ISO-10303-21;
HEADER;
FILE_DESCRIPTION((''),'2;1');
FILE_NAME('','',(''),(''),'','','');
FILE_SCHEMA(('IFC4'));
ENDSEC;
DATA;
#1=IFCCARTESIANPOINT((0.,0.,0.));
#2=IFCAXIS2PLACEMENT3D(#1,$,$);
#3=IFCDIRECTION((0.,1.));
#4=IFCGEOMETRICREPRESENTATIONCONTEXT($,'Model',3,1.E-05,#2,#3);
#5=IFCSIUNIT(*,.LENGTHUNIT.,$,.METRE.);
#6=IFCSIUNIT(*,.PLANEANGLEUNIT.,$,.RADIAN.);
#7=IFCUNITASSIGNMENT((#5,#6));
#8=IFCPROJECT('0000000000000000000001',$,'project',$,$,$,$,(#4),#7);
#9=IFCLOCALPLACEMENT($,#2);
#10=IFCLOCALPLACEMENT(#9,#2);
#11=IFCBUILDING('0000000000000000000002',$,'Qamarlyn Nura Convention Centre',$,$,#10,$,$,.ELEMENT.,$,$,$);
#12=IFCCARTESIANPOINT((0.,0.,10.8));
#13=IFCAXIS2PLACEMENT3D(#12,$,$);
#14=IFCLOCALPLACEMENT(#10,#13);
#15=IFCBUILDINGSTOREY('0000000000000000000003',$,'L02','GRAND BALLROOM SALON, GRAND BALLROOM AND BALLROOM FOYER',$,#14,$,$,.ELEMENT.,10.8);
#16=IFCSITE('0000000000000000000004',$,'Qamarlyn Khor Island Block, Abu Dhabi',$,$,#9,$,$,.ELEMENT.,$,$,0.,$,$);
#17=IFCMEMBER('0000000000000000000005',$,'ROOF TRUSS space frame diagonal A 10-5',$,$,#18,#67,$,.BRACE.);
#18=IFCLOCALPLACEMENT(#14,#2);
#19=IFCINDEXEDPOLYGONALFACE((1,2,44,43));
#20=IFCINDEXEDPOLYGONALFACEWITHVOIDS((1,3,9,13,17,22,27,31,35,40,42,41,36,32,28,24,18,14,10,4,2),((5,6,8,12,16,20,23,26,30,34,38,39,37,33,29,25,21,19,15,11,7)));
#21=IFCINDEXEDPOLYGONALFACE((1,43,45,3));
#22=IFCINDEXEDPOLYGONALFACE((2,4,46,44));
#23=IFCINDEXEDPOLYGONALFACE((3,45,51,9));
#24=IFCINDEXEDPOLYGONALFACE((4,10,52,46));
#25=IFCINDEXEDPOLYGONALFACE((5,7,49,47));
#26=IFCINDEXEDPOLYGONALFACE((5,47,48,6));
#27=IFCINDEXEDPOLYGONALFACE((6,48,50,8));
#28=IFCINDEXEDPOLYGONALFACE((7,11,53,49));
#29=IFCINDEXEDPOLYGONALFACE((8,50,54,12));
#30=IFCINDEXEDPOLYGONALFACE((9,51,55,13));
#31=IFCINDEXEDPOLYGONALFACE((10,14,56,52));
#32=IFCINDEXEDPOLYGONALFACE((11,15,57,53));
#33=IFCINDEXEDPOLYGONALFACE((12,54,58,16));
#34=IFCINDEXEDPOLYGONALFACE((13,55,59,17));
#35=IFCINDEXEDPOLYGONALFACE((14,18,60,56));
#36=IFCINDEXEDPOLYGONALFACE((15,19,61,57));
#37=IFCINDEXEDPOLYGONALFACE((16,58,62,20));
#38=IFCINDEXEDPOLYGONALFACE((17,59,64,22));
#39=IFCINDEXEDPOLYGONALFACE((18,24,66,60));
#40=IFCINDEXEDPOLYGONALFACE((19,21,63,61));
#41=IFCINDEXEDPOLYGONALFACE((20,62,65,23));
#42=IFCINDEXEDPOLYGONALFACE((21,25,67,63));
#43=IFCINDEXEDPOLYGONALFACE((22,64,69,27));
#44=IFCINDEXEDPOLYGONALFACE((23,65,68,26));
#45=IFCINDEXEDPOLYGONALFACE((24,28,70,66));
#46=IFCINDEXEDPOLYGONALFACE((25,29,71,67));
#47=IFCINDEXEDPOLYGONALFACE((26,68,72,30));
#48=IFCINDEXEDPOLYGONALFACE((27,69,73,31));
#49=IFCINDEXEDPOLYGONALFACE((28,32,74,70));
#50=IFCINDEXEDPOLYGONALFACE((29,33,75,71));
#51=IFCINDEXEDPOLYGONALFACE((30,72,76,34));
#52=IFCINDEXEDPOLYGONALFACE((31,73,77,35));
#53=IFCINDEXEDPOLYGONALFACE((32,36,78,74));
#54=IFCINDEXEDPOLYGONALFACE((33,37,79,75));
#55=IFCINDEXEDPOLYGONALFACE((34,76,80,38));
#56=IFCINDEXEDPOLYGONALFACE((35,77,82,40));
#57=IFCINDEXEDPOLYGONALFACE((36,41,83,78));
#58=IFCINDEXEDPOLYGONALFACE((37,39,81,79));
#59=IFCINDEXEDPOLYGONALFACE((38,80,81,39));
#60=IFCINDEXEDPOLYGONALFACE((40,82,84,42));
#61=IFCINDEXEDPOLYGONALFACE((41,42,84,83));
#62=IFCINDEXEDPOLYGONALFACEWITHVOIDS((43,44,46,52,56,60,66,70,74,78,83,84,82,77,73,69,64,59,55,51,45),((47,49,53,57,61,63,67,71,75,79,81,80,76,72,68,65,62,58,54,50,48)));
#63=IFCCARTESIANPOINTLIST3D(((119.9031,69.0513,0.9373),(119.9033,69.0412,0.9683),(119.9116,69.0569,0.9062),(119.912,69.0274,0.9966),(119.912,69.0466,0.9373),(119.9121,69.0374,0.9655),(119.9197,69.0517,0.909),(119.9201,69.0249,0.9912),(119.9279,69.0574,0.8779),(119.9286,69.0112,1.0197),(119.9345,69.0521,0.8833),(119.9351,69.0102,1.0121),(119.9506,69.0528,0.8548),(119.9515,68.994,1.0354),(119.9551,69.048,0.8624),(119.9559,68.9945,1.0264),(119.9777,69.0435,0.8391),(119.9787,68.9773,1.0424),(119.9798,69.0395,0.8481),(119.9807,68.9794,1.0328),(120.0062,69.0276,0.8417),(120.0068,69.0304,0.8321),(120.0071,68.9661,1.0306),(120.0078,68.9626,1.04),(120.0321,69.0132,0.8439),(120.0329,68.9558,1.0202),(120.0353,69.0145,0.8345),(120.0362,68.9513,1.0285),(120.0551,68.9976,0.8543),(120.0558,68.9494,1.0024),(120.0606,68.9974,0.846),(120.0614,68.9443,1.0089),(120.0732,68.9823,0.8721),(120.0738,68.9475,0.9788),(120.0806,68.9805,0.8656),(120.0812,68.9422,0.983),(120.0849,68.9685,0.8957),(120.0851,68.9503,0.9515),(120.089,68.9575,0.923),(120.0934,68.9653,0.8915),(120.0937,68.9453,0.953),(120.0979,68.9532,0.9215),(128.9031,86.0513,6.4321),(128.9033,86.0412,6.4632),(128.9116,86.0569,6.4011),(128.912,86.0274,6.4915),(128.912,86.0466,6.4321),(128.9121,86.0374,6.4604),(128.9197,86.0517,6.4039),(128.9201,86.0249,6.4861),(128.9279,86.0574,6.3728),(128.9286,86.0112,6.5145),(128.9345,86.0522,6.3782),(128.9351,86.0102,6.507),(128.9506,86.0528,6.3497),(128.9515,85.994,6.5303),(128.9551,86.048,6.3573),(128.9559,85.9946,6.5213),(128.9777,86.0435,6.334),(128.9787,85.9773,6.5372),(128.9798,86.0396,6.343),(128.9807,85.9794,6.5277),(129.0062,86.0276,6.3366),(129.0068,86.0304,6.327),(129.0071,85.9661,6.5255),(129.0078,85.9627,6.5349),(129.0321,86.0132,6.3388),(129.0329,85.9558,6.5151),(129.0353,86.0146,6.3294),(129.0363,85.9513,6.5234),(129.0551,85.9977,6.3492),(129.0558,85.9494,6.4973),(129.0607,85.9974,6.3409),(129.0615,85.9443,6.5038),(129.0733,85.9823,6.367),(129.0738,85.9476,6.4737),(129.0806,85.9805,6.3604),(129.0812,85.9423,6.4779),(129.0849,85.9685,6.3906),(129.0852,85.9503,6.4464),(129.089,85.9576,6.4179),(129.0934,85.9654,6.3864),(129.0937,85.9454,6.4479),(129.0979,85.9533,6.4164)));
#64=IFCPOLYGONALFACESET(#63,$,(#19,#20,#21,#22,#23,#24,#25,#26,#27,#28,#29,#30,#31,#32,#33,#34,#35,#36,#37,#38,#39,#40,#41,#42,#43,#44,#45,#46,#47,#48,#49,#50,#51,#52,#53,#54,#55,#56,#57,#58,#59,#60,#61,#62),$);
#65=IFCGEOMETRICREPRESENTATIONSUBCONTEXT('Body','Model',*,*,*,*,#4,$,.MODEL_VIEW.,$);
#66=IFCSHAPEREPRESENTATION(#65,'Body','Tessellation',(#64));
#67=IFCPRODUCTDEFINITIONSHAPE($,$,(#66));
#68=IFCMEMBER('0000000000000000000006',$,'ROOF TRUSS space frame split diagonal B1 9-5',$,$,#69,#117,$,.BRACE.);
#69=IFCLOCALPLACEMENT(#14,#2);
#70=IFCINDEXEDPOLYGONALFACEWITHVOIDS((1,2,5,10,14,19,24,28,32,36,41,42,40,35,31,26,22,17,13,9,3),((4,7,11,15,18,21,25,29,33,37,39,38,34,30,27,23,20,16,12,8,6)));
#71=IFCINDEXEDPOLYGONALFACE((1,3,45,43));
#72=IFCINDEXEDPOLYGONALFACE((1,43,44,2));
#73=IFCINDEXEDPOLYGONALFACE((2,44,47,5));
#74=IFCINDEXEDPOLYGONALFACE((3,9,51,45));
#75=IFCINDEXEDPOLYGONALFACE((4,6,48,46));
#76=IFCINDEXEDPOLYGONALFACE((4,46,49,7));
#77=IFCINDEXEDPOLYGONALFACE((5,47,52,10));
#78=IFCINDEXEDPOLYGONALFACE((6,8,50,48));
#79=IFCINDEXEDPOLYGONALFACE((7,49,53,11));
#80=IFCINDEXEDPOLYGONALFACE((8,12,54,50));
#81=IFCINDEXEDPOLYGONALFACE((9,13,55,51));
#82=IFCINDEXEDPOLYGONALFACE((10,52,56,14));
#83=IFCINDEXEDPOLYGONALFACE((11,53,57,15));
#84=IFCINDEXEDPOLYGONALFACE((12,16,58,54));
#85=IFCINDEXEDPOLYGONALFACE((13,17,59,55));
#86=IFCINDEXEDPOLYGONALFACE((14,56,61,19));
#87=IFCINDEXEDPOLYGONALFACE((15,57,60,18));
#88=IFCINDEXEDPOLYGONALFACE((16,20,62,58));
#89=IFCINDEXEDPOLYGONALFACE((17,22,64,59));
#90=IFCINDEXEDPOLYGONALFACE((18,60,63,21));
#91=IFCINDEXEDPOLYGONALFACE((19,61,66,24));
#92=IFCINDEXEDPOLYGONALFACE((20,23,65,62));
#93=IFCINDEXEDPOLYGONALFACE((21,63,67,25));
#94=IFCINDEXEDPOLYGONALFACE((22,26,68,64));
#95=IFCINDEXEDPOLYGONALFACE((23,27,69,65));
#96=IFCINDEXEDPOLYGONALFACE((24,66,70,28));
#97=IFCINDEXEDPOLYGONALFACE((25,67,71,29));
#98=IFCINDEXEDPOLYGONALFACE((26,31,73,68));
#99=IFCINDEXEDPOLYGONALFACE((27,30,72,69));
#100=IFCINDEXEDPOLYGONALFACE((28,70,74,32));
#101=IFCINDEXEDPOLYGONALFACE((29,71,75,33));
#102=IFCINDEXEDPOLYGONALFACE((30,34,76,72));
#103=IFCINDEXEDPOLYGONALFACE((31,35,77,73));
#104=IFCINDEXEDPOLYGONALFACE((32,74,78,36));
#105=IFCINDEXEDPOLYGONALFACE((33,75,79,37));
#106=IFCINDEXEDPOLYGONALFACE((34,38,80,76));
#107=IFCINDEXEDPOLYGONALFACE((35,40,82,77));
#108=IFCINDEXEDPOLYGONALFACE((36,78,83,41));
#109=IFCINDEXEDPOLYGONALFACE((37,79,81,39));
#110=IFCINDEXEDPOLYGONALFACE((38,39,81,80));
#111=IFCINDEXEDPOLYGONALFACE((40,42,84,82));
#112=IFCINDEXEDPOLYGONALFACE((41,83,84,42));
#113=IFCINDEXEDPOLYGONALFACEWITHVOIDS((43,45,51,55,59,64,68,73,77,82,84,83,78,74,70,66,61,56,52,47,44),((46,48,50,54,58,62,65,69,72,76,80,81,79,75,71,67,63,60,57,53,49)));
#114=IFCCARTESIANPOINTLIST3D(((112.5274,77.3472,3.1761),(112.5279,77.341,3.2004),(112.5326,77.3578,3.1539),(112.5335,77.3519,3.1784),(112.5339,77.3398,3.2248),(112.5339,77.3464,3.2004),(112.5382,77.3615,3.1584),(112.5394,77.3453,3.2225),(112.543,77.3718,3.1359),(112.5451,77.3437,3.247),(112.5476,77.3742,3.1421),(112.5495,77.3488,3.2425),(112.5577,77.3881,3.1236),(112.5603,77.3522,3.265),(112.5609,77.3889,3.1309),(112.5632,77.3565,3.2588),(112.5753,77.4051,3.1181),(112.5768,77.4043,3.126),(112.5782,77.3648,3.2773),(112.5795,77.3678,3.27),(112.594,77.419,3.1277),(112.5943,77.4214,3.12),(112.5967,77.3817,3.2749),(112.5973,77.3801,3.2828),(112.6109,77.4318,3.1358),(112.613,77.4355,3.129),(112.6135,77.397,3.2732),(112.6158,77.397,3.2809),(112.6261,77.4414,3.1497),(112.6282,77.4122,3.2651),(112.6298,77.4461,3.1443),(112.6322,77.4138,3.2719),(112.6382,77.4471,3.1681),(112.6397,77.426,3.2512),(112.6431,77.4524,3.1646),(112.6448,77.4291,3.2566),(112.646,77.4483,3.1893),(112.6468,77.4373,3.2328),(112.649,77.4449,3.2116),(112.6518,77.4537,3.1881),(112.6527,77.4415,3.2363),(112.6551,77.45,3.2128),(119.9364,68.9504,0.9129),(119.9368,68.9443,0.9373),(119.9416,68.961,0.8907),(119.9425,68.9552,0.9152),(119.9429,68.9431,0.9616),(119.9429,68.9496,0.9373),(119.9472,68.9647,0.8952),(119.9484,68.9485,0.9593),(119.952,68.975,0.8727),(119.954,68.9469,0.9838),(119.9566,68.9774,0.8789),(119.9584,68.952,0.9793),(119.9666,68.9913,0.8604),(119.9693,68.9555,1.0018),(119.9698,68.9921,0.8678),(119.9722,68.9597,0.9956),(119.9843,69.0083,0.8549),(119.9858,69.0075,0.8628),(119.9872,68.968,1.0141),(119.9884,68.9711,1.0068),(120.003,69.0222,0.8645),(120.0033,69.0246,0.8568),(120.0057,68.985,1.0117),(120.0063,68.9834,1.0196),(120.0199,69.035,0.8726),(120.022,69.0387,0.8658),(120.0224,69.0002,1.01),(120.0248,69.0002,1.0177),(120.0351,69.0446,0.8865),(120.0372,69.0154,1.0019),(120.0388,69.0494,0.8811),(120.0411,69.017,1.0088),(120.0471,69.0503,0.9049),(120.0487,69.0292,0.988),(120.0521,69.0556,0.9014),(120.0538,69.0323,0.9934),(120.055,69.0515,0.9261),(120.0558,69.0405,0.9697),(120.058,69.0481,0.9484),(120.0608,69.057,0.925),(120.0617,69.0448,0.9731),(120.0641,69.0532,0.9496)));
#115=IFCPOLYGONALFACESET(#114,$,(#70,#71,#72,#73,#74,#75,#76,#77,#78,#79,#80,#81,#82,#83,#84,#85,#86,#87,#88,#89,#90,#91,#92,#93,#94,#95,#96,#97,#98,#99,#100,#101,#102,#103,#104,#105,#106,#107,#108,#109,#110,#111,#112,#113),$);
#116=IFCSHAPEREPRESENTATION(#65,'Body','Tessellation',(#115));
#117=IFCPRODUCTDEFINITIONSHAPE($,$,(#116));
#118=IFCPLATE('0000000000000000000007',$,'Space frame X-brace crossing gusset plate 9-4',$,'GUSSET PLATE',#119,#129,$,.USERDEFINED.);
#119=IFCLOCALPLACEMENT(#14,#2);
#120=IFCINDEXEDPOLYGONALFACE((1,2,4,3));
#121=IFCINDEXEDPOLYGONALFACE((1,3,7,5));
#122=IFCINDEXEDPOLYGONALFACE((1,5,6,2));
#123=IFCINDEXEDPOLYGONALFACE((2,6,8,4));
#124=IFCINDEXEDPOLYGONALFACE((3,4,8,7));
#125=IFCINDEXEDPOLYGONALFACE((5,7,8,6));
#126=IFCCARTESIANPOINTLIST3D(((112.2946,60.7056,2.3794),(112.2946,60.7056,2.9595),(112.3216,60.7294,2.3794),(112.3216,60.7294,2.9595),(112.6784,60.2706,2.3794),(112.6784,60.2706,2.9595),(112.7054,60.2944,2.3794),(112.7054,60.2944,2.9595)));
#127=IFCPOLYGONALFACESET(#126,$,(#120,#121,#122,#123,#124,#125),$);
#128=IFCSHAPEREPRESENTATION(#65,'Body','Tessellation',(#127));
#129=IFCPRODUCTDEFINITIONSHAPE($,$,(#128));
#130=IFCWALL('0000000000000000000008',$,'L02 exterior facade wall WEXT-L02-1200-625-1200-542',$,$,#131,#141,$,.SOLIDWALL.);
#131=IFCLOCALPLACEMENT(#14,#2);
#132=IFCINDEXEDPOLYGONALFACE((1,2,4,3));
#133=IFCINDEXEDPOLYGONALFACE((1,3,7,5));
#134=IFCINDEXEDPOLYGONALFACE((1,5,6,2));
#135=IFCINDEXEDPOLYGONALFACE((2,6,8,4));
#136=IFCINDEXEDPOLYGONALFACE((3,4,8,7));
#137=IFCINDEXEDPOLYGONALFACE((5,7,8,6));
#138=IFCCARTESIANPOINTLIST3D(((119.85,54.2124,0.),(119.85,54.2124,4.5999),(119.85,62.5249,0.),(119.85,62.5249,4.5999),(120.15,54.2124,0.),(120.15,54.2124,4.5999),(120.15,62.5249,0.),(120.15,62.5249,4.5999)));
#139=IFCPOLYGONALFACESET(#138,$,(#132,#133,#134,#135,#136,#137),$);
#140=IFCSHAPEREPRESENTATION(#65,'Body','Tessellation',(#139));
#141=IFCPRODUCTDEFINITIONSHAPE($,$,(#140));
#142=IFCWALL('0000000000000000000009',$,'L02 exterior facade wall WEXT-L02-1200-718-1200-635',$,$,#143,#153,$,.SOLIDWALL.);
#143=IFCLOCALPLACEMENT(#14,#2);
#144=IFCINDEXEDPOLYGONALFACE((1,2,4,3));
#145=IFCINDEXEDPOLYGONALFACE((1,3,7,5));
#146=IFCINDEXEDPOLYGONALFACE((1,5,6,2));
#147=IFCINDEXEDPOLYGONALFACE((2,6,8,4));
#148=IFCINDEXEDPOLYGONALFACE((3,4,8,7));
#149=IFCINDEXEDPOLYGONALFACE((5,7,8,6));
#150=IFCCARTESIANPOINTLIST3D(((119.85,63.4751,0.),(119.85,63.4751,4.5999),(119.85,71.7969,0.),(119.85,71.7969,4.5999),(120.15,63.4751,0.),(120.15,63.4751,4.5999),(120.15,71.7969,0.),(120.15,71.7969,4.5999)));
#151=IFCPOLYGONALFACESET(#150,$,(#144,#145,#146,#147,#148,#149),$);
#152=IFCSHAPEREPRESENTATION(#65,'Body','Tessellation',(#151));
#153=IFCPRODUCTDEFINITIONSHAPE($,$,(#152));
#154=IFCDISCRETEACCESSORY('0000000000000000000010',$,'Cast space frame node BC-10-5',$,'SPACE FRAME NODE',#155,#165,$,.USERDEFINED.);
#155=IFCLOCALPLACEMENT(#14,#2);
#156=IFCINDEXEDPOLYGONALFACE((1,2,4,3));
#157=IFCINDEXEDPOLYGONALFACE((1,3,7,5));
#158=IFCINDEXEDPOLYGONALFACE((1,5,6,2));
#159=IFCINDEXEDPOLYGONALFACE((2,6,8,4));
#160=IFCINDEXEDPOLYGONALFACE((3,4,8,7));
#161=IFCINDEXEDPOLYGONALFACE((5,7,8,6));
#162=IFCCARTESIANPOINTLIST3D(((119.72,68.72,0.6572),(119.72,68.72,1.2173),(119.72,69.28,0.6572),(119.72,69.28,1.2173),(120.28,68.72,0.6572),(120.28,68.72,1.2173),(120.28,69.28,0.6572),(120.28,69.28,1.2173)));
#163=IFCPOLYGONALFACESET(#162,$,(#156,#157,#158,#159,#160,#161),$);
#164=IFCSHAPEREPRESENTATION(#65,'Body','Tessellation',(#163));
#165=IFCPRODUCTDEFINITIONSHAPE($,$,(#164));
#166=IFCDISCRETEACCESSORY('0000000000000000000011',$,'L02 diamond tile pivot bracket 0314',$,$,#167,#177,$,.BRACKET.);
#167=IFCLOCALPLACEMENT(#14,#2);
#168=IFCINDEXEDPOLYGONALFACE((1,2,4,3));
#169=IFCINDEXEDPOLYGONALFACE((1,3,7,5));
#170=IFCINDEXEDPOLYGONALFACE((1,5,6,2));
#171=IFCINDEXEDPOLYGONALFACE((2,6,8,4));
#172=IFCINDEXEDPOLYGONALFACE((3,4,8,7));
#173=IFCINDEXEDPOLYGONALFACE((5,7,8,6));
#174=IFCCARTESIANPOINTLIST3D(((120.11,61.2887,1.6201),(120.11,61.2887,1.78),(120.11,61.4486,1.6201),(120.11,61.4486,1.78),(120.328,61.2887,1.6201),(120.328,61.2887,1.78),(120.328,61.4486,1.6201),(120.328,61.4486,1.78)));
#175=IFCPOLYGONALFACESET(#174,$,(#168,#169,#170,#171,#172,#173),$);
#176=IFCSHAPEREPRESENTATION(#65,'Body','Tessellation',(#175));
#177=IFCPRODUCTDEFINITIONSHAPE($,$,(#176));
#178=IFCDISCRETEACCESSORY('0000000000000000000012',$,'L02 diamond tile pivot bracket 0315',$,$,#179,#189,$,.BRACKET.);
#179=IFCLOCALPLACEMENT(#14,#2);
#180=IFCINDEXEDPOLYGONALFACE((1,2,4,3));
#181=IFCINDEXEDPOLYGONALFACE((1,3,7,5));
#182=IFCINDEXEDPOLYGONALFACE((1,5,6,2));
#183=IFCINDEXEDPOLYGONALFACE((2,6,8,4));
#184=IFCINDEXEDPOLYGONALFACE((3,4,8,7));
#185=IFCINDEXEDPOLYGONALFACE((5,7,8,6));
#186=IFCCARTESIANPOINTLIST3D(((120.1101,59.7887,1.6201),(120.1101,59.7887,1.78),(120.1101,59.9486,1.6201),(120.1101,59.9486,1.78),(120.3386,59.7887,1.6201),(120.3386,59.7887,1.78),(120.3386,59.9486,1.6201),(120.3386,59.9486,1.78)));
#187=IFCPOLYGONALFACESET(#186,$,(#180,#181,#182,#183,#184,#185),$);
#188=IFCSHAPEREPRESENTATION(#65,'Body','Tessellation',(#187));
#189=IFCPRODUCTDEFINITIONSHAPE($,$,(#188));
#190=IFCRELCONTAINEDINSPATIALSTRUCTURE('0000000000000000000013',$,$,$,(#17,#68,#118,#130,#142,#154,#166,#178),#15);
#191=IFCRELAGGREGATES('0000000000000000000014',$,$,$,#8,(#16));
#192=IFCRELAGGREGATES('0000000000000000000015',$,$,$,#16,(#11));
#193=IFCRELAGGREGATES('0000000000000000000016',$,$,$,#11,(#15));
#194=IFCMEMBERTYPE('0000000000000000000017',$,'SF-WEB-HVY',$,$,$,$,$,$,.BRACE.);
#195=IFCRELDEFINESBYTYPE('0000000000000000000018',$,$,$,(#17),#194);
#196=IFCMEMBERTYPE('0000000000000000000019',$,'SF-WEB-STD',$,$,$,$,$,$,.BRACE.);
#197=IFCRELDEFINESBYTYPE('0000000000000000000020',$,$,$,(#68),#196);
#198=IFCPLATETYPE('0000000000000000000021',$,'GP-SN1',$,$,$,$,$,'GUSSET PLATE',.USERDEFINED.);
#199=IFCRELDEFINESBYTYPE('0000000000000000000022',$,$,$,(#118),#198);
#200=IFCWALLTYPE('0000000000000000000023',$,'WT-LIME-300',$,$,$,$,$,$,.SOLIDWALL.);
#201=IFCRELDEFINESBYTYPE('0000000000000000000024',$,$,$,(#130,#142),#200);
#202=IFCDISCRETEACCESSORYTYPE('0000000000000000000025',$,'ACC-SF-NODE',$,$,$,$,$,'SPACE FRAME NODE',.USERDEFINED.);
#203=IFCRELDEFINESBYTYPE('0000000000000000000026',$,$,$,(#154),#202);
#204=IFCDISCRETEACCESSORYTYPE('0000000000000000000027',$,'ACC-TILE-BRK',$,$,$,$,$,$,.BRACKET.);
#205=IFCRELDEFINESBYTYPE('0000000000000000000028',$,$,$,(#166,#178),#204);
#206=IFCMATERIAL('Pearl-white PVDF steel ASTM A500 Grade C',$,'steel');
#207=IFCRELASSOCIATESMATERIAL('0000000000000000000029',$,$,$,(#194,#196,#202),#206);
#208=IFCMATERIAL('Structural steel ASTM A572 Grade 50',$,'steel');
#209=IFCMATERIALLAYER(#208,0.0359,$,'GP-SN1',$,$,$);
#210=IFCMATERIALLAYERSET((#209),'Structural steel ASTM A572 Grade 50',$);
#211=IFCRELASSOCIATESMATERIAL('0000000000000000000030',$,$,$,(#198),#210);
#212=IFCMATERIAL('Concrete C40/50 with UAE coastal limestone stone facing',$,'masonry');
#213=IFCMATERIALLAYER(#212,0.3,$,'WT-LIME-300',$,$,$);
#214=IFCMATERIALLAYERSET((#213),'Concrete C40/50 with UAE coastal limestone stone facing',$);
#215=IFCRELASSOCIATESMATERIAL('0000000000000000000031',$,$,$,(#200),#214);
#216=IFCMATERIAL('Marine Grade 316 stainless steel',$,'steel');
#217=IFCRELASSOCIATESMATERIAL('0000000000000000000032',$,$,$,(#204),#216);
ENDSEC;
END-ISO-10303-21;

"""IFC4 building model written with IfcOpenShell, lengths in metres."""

from ifc_helpers import new_model, si_unit, direction, frame, frame_2d, origin, origin_2d, place, context, subcontext, project, spatial, rectangle, hollow_circle, extrude, material, layer, layer_set, material_profile, profile_set, type_object, element, save


model = new_model("IFC4")

# Units and contexts
model_context = context("Model", 3, precision=1e-05, world=origin(), true_north=direction((0.0, 1.0)))
body_context = subcontext(model_context, "Body", "Model", "MODEL_VIEW")
ifc_project = project(units=[si_unit("LENGTHUNIT", "METRE"), si_unit("PLANEANGLEUNIT", "RADIAN")], contexts=[model_context])

# Site, building, storey
site_placement = place(None, origin())
site = spatial("IfcSite", under=ifc_project, at=site_placement, Name="Qamarlyn Khor Island Block, Abu Dhabi", CompositionType="ELEMENT", RefElevation=0.0)
building_placement = place(site_placement, origin())
building = spatial("IfcBuilding", under=site, at=building_placement, Name="Qamarlyn Nura Convention Centre", CompositionType="ELEMENT")
storey_placement = place(building_placement, frame((0.0, 0.0, 10.8)))
storey = spatial("IfcBuildingStorey", under=building, at=storey_placement, Name="L02", Description="GRAND BALLROOM SALON, GRAND BALLROOM AND BALLROOM FOYER", CompositionType="ELEMENT", Elevation=10.8)

# Members
ifc_material_1 = material(Name="Pearl-white PVDF steel ASTM A500 Grade C", Category="steel")
ifc_material_profile_1 = material_profile(ifc_material_1, hollow_circle(Radius=0.1096, WallThickness=0.01, at=origin_2d()), Name="CHS219.1X10")
ifc_profile_set_1 = profile_set([ifc_material_profile_1], Name="Pearl-white PVDF steel ASTM A500 Grade C")
member_type_1 = type_object("IfcMemberType", Name="SF-WEB-HVY", PredefinedType="BRACE", material=ifc_profile_set_1)
member_1_placement = place(storey_placement, frame((120.0, 69.0, 0.9373), z_axis=(0.449891, 0.849794, 0.274677), x_axis=(-0.883788, 0.467888, 0.0)))
element("IfcMember", 1, at=member_1_placement, inside=storey, type_object=member_type_1, Name="ROOF TRUSS space frame diagonal A 10-5", PredefinedType="BRACE", context=body_context, shape_type="SweptSolid", body=[
    extrude(hollow_circle(Radius=0.1096, WallThickness=0.01, at=origin_2d()), origin(), (0.0, 0.0, 1.0), 20.0049),
])
ifc_material_profile_2 = material_profile(ifc_material_1, hollow_circle(Radius=0.0842, WallThickness=0.0081, at=origin_2d()), Name="CHS168.3X8")
ifc_profile_set_2 = profile_set([ifc_material_profile_2], Name="Pearl-white PVDF steel ASTM A500 Grade C")
member_type_2 = type_object("IfcMemberType", Name="SF-WEB-STD", PredefinedType="BRACE", material=ifc_profile_set_2)
member_2_placement = place(storey_placement, frame((120.0, 69.0, 0.9373), z_axis=(-0.648512, 0.734975, 0.198099), x_axis=(-0.749835, -0.661625, 0.0)))
element("IfcMember", 2, at=member_2_placement, inside=storey, type_object=member_type_2, Name="ROOF TRUSS space frame split diagonal B1 9-5", PredefinedType="BRACE", context=body_context, shape_type="SweptSolid", body=[
    extrude(hollow_circle(Radius=0.0842, WallThickness=0.0081, at=origin_2d()), origin(), (0.0, 0.0, 1.0), 11.4246),
])

# Plate
ifc_material_2 = material(Name="Structural steel ASTM A572 Grade 50", Category="steel")
ifc_layer_1 = layer(ifc_material_2, 0.0359, Name="GP-SN1")
ifc_layer_set_1 = layer_set([ifc_layer_1], Name="Structural steel ASTM A572 Grade 50")
plate_type = type_object("IfcPlateType", Name="GP-SN1", ElementType="GUSSET PLATE", PredefinedType="USERDEFINED", material=ifc_layer_set_1)
plate_placement = place(storey_placement, frame((112.5, 60.5, 2.3794), z_axis=(0.0, 0.0, 1.0), x_axis=(-0.661622, 0.749837, 0.0)))
element("IfcPlate", 3, at=plate_placement, inside=storey, type_object=plate_type, Name="Space frame X-brace crossing gusset plate 9-4", ObjectType="GUSSET PLATE", PredefinedType="USERDEFINED", context=body_context, shape_type="SweptSolid", body=[
    extrude(rectangle(XDim=0.5801, YDim=0.0359, at=origin_2d()), origin(), (0.0, 0.0, 1.0), 0.5801),
])

# Walls
ifc_material_3 = material(Name="Concrete C40/50 with UAE coastal limestone stone facing", Category="masonry")
ifc_layer_2 = layer(ifc_material_3, 0.3, Name="WT-LIME-300")
ifc_layer_set_2 = layer_set([ifc_layer_2], Name="Concrete C40/50 with UAE coastal limestone stone facing")
wall_type = type_object("IfcWallType", Name="WT-LIME-300", PredefinedType="SOLIDWALL", material=ifc_layer_set_2)
wall_1_placement = place(storey_placement, frame((120.0, 62.5249, 0.0), z_axis=(0.0, 0.0, 1.0), x_axis=(0.0, -1.0, 0.0)))
element("IfcWall", 4, at=wall_1_placement, inside=storey, type_object=wall_type, Name="L02 exterior facade wall WEXT-L02-1200-625-1200-542", PredefinedType="SOLIDWALL", context=body_context, shape_type="SweptSolid", body=[
    extrude(rectangle(XDim=8.3125, YDim=0.3, at=frame_2d((4.1562, 0.0))), origin(), (0.0, 0.0, 1.0), 4.5999),
])
wall_2_placement = place(storey_placement, frame((120.0, 71.7969, 0.0), z_axis=(0.0, 0.0, 1.0), x_axis=(0.0, -1.0, 0.0)))
element("IfcWall", 5, at=wall_2_placement, inside=storey, type_object=wall_type, Name="L02 exterior facade wall WEXT-L02-1200-718-1200-635", PredefinedType="SOLIDWALL", context=body_context, shape_type="SweptSolid", body=[
    extrude(rectangle(XDim=8.3218, YDim=0.3, at=frame_2d((4.1609, 0.0))), origin(), (0.0, 0.0, 1.0), 4.5999),
])

# Discrete accessories
discrete_accessory_type_1 = type_object("IfcDiscreteAccessoryType", Name="ACC-SF-NODE", ElementType="SPACE FRAME NODE", PredefinedType="USERDEFINED", material=ifc_material_1)
discrete_accessory_1_placement = place(storey_placement, frame((120.0, 69.0, 0.6572), z_axis=(0.0, 0.0, 1.0), x_axis=(1.0, 0.0, 0.0)))
element("IfcDiscreteAccessory", 6, at=discrete_accessory_1_placement, inside=storey, type_object=discrete_accessory_type_1, Name="Cast space frame node BC-10-5", ObjectType="SPACE FRAME NODE", PredefinedType="USERDEFINED", context=body_context, shape_type="SweptSolid", body=[
    extrude(rectangle(XDim=0.5601, YDim=0.5601, at=origin_2d()), origin(), (0.0, 0.0, 1.0), 0.5601),
])
ifc_material_4 = material(Name="Marine Grade 316 stainless steel", Category="steel")
discrete_accessory_type_2 = type_object("IfcDiscreteAccessoryType", Name="ACC-TILE-BRK", PredefinedType="BRACKET", material=ifc_material_4)
discrete_accessory_2_placement = place(storey_placement, frame((120.219, 61.3687, 1.6201), z_axis=(0.0, 0.0, 1.0), x_axis=(1.0, 0.0, 0.0)))
element("IfcDiscreteAccessory", 7, at=discrete_accessory_2_placement, inside=storey, type_object=discrete_accessory_type_2, Name="L02 diamond tile pivot bracket 0314", PredefinedType="BRACKET", context=body_context, shape_type="SweptSolid", body=[
    extrude(rectangle(XDim=0.218, YDim=0.1599, at=origin_2d()), origin(), (0.0, 0.0, 1.0), 0.1599),
])
discrete_accessory_3_placement = place(storey_placement, frame((120.2244, 59.8687, 1.6201), z_axis=(0.0, 0.0, 1.0), x_axis=(1.0, 0.0, 0.0)))
element("IfcDiscreteAccessory", 8, at=discrete_accessory_3_placement, inside=storey, type_object=discrete_accessory_type_2, Name="L02 diamond tile pivot bracket 0315", PredefinedType="BRACKET", context=body_context, shape_type="SweptSolid", body=[
    extrude(rectangle(XDim=0.2285, YDim=0.1599, at=origin_2d()), origin(), (0.0, 0.0, 1.0), 0.1599),
])

save(model, "model.ifc")
